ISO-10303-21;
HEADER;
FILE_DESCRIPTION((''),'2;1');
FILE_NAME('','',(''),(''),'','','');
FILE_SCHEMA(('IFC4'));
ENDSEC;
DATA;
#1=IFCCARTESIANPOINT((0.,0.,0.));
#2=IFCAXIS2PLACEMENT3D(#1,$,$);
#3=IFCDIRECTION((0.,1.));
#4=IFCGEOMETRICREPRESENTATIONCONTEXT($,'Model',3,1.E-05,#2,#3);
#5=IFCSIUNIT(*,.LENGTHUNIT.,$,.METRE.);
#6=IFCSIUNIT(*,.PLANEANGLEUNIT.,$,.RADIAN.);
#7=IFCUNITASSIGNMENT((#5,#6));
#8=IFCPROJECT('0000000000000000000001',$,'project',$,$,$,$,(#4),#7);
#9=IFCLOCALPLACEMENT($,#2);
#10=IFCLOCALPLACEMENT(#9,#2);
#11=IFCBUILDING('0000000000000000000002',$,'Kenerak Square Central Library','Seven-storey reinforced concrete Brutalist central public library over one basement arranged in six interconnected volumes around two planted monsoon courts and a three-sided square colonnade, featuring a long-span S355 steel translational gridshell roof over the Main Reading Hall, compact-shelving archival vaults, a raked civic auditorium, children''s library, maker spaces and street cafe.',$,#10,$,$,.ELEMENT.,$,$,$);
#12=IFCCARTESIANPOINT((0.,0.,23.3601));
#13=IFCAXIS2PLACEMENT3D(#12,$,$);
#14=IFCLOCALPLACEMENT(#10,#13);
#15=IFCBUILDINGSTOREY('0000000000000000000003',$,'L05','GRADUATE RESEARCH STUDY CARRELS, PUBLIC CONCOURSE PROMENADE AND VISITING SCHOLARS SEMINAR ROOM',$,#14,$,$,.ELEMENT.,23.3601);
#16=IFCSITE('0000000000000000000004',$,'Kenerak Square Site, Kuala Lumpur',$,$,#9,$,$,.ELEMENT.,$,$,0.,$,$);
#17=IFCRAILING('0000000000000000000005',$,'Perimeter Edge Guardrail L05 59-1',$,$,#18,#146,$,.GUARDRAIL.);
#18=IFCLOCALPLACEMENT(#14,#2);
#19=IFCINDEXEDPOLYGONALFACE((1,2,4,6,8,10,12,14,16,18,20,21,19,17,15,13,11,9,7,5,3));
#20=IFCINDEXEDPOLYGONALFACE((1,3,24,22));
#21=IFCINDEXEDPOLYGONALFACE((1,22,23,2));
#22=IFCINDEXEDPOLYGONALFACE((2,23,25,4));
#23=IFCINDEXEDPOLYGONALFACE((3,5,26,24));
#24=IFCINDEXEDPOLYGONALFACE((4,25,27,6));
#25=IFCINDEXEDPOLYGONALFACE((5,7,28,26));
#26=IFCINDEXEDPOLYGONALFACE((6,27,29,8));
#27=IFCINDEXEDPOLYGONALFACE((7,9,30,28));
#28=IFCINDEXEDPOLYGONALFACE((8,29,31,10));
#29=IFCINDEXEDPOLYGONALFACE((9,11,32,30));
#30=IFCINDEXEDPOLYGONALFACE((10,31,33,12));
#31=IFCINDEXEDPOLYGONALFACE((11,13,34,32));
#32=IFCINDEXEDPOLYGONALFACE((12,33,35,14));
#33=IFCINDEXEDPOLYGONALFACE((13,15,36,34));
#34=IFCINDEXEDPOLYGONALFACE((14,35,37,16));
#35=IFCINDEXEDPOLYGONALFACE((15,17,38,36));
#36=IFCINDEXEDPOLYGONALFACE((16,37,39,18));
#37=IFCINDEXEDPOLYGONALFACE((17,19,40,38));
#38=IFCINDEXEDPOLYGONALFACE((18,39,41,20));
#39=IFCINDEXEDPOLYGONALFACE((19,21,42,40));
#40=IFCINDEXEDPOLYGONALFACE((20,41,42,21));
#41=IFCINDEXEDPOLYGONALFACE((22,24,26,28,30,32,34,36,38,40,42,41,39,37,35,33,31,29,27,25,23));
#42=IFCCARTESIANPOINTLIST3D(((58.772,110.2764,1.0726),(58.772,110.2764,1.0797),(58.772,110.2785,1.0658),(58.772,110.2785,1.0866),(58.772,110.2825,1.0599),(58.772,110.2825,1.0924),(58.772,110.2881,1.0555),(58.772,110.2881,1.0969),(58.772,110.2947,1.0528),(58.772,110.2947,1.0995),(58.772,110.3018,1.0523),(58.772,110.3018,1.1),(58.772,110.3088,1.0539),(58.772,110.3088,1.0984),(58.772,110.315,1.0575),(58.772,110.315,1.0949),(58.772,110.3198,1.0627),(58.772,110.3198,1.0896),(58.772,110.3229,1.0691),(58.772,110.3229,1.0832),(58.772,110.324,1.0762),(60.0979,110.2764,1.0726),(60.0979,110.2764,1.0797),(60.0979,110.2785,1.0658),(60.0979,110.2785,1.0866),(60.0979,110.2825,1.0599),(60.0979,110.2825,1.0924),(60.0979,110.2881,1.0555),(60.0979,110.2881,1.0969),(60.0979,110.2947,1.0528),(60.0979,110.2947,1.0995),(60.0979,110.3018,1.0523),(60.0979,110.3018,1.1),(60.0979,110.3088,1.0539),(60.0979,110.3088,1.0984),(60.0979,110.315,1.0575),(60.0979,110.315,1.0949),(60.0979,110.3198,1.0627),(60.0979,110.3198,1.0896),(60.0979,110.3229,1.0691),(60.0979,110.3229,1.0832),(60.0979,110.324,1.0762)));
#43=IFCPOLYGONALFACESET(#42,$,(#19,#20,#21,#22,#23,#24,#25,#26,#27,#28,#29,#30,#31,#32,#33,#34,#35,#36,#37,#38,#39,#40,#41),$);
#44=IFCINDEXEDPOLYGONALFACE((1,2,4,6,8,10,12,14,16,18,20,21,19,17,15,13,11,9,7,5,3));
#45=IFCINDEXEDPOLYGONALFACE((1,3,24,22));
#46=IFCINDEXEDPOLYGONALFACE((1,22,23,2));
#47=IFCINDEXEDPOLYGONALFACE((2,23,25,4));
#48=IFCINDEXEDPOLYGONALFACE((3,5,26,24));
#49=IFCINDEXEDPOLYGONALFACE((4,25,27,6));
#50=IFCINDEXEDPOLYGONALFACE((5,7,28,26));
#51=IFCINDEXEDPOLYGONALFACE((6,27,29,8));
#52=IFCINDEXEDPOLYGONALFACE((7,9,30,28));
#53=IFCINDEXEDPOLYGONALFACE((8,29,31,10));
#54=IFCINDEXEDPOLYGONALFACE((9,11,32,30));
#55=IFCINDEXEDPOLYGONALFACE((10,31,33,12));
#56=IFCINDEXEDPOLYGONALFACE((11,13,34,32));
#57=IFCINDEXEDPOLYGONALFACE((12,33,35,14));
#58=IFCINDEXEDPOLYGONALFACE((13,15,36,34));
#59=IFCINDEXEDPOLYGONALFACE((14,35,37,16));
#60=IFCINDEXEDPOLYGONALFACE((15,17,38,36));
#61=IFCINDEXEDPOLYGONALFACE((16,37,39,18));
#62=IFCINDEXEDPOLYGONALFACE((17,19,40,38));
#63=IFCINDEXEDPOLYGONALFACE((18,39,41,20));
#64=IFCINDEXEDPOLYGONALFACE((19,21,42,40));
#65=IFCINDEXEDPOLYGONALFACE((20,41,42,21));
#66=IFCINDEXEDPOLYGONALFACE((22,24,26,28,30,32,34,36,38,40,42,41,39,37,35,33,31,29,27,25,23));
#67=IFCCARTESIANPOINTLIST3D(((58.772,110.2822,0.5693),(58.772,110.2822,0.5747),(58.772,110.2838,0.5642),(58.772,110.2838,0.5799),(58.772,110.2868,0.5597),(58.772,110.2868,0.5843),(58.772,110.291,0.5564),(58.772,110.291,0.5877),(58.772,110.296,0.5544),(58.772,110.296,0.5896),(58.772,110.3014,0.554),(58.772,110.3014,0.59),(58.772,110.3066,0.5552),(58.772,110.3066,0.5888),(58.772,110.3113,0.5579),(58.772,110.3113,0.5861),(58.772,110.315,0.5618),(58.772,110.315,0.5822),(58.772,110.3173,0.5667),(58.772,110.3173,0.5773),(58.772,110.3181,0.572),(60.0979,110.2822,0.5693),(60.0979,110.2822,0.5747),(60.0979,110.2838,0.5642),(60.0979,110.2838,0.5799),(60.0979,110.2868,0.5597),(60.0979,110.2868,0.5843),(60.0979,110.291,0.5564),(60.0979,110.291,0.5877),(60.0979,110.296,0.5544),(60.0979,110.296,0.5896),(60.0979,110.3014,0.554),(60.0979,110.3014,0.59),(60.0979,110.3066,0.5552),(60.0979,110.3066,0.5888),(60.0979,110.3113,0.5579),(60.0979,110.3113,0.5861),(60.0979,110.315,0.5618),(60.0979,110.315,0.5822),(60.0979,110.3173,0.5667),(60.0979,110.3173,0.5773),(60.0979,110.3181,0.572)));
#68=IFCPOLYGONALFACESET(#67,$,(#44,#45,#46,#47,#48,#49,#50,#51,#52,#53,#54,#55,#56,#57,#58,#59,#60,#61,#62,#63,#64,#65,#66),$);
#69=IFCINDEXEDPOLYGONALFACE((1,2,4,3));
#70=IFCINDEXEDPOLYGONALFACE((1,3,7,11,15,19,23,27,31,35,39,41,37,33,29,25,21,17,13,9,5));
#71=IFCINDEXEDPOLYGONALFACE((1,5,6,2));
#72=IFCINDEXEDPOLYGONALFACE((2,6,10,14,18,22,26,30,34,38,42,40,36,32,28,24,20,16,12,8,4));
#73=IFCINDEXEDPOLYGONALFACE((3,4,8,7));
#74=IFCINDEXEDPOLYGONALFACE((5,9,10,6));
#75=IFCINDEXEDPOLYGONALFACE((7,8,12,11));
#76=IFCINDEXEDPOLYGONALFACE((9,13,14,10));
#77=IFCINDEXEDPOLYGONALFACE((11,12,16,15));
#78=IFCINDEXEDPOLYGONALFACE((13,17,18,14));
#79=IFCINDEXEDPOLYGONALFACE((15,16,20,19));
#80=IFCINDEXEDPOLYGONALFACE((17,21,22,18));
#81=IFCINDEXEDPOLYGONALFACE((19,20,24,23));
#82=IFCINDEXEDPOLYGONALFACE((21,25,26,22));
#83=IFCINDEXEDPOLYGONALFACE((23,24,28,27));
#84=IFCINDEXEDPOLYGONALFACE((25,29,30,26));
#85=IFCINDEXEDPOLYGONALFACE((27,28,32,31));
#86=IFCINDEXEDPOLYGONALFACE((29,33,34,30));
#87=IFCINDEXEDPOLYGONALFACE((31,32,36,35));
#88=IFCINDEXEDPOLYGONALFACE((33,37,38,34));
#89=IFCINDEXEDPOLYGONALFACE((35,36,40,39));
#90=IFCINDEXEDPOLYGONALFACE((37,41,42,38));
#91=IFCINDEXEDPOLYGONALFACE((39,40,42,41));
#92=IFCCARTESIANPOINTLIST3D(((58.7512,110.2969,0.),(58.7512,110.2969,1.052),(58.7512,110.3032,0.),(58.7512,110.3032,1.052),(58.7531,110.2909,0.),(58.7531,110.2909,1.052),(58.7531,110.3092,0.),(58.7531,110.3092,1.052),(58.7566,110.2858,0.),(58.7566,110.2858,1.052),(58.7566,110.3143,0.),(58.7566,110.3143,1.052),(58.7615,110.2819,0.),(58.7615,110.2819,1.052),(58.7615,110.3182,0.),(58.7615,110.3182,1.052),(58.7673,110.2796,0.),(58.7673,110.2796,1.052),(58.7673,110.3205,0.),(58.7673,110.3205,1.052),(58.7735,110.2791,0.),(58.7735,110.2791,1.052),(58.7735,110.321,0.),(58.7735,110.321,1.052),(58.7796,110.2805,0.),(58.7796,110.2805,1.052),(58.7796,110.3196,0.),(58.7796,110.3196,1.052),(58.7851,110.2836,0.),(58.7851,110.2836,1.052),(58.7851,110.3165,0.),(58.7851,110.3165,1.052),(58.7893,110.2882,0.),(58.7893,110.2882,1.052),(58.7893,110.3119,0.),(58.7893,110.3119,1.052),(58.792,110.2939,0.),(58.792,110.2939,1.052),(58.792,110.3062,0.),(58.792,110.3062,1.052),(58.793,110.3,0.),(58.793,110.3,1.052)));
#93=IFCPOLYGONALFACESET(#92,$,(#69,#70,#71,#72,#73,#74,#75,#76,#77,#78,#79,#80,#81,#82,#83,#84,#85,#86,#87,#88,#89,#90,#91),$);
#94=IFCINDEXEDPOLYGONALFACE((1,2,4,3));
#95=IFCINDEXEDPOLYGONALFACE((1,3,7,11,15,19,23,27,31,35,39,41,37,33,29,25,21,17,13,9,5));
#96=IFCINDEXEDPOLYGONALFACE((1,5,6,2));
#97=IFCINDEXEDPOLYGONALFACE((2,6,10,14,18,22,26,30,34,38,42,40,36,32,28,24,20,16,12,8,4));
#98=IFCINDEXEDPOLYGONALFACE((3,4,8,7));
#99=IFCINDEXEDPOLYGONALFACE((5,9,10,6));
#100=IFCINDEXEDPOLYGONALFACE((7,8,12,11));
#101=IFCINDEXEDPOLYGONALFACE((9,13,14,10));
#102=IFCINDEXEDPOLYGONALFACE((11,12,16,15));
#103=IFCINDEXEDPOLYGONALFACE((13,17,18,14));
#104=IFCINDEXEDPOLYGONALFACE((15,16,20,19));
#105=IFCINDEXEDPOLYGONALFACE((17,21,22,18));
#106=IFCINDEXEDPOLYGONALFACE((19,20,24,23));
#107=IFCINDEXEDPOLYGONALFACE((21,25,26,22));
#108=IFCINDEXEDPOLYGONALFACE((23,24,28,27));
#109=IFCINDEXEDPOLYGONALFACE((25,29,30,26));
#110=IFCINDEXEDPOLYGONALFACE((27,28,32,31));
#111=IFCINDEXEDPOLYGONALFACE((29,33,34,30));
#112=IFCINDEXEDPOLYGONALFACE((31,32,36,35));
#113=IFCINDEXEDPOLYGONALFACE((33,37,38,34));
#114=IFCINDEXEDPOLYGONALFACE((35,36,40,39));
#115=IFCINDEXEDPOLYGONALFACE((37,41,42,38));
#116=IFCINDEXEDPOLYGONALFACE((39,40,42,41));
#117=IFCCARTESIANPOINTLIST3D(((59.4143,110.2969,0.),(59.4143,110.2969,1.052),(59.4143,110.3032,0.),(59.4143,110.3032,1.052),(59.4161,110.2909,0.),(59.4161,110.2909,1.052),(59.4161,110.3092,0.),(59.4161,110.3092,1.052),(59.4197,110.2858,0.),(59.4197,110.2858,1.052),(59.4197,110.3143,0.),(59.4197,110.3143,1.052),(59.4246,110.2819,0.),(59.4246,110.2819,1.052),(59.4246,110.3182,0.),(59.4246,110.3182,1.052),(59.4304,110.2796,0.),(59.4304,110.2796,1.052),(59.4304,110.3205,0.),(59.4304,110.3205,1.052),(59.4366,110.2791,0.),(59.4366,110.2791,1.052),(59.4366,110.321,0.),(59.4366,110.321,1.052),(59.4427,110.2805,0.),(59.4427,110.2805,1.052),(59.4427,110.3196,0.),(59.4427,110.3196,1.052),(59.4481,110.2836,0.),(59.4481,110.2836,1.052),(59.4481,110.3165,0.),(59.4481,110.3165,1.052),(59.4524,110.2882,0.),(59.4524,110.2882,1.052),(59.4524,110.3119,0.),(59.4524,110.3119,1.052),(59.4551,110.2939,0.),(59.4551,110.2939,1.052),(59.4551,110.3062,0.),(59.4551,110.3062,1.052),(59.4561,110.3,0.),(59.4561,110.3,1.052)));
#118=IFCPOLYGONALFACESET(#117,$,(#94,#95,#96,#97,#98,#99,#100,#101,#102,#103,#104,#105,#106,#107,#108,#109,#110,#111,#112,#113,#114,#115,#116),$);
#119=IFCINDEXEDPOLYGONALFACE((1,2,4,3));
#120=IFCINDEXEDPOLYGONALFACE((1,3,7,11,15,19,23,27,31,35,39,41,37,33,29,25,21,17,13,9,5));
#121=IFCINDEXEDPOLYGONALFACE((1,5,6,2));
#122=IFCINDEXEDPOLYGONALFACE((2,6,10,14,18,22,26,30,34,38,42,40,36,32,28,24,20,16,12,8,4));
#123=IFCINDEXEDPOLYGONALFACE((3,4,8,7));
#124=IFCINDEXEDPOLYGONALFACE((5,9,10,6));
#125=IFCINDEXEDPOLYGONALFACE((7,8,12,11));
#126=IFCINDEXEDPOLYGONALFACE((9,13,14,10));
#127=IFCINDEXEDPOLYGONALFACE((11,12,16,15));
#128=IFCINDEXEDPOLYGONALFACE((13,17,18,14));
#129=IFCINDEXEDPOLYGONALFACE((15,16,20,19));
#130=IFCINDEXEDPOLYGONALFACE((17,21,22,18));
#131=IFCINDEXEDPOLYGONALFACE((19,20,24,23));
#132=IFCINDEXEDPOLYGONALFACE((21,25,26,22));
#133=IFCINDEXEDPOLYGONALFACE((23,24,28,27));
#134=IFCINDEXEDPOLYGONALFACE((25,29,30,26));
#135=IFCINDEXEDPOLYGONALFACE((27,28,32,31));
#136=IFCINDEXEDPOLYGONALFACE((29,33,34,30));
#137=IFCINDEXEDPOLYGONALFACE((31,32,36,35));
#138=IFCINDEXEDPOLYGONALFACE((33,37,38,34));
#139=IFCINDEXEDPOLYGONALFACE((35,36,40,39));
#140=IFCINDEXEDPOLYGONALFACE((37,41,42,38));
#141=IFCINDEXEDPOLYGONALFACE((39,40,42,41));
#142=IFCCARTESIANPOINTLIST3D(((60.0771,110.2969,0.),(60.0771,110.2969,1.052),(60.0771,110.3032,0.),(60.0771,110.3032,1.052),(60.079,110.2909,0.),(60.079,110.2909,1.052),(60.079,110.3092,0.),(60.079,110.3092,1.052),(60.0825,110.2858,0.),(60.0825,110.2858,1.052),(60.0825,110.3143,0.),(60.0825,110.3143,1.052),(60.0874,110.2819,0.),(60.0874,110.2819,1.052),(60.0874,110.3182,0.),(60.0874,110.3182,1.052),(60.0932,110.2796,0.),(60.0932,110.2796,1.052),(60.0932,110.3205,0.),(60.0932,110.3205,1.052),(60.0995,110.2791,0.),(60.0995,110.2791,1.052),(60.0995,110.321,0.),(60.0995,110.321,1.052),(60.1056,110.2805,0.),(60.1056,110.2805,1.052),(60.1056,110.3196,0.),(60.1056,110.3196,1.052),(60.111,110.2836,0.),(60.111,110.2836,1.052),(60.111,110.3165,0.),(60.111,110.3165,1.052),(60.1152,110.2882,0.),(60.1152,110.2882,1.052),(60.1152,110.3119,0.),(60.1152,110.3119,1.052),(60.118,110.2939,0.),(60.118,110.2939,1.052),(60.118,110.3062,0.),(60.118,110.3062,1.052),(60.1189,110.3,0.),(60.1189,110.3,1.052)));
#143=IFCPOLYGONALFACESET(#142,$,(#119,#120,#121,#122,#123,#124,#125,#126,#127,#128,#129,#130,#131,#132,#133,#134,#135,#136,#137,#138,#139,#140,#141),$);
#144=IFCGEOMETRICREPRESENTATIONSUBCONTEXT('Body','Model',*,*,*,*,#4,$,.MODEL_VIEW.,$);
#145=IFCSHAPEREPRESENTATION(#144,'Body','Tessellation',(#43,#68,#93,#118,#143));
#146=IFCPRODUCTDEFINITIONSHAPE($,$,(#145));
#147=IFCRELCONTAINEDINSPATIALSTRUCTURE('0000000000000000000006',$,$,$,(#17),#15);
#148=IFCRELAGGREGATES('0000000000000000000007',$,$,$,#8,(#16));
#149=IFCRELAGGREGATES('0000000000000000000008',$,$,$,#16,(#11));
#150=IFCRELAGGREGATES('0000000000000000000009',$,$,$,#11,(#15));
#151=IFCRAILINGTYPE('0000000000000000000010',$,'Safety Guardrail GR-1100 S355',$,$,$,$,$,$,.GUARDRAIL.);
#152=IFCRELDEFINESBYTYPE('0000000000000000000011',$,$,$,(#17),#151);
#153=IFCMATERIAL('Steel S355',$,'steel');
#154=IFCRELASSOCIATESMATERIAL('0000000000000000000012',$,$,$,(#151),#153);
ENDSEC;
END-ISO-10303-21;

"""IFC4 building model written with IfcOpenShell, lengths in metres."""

from ifc_helpers import new_model, si_unit, direction, frame, origin, origin_2d, place, context, subcontext, project, spatial, circle, extrude, material, type_object, element, save


model = new_model("IFC4")

# Units and contexts
model_context = context("Model", 3, precision=1e-05, world=origin(), true_north=direction((0.0, 1.0)))
body_context = subcontext(model_context, "Body", "Model", "MODEL_VIEW")
ifc_project = project(units=[si_unit("LENGTHUNIT", "METRE"), si_unit("PLANEANGLEUNIT", "RADIAN")], contexts=[model_context])

# Site, building, storey
site_placement = place(None, origin())
site = spatial("IfcSite", under=ifc_project, at=site_placement, Name="Kenerak Square Site, Kuala Lumpur", CompositionType="ELEMENT", RefElevation=0.0)
building_placement = place(site_placement, origin())
building = spatial("IfcBuilding", under=site, at=building_placement, Name="Kenerak Square Central Library", Description="Seven-storey reinforced concrete Brutalist central public library over one basement arranged in six interconnected volumes around two planted monsoon courts and a three-sided square colonnade, featuring a long-span S355 steel translational gridshell roof over the Main Reading Hall, compact-shelving archival vaults, a raked civic auditorium, children's library, maker spaces and street cafe.", CompositionType="ELEMENT")
storey_placement = place(building_placement, frame((0.0, 0.0, 23.3601)))
storey = spatial("IfcBuildingStorey", under=building, at=storey_placement, Name="L05", Description="GRADUATE RESEARCH STUDY CARRELS, PUBLIC CONCOURSE PROMENADE AND VISITING SCHOLARS SEMINAR ROOM", CompositionType="ELEMENT", Elevation=23.3601)

# Shared definitions
ifc_material_1 = material(Name="Steel S355", Category="steel")

# Railing
railing_type_1 = type_object("IfcRailingType", Name="Safety Guardrail GR-1100 S355", PredefinedType="GUARDRAIL", material=ifc_material_1)
railing_1_placement = place(storey_placement, frame((58.772, 110.3, 0.0)))
element("IfcRailing", 1, at=railing_1_placement, inside=storey, type_object=railing_type_1, Name="Perimeter Edge Guardrail L05 59-1", PredefinedType="GUARDRAIL", context=body_context, shape_type="SweptSolid", body=[
    extrude(circle(Radius=0.0239, at=origin_2d()), frame((0.0, 0.0, 1.0762), z_axis=(1.0, 0.0, 0.0), x_axis=(0.0, 1.0, 0.0)), (0.0, 0.0, 1.0), 1.3259),
    extrude(circle(Radius=0.0181, at=origin_2d()), frame((0.0, 0.0, 0.572), z_axis=(1.0, 0.0, 0.0), x_axis=(0.0, 1.0, 0.0)), (0.0, 0.0, 1.0), 1.3259),
    extrude(circle(Radius=0.021, at=origin_2d()), origin(), (0.0, 0.0, 1.0), 1.052),
    extrude(circle(Radius=0.021, at=origin_2d()), frame((0.6631, 0.0, 0.0)), (0.0, 0.0, 1.0), 1.052),
    extrude(circle(Radius=0.021, at=origin_2d()), frame((1.3259, 0.0, 0.0)), (0.0, 0.0, 1.0), 1.052),
])

save(model, "model.ifc")
